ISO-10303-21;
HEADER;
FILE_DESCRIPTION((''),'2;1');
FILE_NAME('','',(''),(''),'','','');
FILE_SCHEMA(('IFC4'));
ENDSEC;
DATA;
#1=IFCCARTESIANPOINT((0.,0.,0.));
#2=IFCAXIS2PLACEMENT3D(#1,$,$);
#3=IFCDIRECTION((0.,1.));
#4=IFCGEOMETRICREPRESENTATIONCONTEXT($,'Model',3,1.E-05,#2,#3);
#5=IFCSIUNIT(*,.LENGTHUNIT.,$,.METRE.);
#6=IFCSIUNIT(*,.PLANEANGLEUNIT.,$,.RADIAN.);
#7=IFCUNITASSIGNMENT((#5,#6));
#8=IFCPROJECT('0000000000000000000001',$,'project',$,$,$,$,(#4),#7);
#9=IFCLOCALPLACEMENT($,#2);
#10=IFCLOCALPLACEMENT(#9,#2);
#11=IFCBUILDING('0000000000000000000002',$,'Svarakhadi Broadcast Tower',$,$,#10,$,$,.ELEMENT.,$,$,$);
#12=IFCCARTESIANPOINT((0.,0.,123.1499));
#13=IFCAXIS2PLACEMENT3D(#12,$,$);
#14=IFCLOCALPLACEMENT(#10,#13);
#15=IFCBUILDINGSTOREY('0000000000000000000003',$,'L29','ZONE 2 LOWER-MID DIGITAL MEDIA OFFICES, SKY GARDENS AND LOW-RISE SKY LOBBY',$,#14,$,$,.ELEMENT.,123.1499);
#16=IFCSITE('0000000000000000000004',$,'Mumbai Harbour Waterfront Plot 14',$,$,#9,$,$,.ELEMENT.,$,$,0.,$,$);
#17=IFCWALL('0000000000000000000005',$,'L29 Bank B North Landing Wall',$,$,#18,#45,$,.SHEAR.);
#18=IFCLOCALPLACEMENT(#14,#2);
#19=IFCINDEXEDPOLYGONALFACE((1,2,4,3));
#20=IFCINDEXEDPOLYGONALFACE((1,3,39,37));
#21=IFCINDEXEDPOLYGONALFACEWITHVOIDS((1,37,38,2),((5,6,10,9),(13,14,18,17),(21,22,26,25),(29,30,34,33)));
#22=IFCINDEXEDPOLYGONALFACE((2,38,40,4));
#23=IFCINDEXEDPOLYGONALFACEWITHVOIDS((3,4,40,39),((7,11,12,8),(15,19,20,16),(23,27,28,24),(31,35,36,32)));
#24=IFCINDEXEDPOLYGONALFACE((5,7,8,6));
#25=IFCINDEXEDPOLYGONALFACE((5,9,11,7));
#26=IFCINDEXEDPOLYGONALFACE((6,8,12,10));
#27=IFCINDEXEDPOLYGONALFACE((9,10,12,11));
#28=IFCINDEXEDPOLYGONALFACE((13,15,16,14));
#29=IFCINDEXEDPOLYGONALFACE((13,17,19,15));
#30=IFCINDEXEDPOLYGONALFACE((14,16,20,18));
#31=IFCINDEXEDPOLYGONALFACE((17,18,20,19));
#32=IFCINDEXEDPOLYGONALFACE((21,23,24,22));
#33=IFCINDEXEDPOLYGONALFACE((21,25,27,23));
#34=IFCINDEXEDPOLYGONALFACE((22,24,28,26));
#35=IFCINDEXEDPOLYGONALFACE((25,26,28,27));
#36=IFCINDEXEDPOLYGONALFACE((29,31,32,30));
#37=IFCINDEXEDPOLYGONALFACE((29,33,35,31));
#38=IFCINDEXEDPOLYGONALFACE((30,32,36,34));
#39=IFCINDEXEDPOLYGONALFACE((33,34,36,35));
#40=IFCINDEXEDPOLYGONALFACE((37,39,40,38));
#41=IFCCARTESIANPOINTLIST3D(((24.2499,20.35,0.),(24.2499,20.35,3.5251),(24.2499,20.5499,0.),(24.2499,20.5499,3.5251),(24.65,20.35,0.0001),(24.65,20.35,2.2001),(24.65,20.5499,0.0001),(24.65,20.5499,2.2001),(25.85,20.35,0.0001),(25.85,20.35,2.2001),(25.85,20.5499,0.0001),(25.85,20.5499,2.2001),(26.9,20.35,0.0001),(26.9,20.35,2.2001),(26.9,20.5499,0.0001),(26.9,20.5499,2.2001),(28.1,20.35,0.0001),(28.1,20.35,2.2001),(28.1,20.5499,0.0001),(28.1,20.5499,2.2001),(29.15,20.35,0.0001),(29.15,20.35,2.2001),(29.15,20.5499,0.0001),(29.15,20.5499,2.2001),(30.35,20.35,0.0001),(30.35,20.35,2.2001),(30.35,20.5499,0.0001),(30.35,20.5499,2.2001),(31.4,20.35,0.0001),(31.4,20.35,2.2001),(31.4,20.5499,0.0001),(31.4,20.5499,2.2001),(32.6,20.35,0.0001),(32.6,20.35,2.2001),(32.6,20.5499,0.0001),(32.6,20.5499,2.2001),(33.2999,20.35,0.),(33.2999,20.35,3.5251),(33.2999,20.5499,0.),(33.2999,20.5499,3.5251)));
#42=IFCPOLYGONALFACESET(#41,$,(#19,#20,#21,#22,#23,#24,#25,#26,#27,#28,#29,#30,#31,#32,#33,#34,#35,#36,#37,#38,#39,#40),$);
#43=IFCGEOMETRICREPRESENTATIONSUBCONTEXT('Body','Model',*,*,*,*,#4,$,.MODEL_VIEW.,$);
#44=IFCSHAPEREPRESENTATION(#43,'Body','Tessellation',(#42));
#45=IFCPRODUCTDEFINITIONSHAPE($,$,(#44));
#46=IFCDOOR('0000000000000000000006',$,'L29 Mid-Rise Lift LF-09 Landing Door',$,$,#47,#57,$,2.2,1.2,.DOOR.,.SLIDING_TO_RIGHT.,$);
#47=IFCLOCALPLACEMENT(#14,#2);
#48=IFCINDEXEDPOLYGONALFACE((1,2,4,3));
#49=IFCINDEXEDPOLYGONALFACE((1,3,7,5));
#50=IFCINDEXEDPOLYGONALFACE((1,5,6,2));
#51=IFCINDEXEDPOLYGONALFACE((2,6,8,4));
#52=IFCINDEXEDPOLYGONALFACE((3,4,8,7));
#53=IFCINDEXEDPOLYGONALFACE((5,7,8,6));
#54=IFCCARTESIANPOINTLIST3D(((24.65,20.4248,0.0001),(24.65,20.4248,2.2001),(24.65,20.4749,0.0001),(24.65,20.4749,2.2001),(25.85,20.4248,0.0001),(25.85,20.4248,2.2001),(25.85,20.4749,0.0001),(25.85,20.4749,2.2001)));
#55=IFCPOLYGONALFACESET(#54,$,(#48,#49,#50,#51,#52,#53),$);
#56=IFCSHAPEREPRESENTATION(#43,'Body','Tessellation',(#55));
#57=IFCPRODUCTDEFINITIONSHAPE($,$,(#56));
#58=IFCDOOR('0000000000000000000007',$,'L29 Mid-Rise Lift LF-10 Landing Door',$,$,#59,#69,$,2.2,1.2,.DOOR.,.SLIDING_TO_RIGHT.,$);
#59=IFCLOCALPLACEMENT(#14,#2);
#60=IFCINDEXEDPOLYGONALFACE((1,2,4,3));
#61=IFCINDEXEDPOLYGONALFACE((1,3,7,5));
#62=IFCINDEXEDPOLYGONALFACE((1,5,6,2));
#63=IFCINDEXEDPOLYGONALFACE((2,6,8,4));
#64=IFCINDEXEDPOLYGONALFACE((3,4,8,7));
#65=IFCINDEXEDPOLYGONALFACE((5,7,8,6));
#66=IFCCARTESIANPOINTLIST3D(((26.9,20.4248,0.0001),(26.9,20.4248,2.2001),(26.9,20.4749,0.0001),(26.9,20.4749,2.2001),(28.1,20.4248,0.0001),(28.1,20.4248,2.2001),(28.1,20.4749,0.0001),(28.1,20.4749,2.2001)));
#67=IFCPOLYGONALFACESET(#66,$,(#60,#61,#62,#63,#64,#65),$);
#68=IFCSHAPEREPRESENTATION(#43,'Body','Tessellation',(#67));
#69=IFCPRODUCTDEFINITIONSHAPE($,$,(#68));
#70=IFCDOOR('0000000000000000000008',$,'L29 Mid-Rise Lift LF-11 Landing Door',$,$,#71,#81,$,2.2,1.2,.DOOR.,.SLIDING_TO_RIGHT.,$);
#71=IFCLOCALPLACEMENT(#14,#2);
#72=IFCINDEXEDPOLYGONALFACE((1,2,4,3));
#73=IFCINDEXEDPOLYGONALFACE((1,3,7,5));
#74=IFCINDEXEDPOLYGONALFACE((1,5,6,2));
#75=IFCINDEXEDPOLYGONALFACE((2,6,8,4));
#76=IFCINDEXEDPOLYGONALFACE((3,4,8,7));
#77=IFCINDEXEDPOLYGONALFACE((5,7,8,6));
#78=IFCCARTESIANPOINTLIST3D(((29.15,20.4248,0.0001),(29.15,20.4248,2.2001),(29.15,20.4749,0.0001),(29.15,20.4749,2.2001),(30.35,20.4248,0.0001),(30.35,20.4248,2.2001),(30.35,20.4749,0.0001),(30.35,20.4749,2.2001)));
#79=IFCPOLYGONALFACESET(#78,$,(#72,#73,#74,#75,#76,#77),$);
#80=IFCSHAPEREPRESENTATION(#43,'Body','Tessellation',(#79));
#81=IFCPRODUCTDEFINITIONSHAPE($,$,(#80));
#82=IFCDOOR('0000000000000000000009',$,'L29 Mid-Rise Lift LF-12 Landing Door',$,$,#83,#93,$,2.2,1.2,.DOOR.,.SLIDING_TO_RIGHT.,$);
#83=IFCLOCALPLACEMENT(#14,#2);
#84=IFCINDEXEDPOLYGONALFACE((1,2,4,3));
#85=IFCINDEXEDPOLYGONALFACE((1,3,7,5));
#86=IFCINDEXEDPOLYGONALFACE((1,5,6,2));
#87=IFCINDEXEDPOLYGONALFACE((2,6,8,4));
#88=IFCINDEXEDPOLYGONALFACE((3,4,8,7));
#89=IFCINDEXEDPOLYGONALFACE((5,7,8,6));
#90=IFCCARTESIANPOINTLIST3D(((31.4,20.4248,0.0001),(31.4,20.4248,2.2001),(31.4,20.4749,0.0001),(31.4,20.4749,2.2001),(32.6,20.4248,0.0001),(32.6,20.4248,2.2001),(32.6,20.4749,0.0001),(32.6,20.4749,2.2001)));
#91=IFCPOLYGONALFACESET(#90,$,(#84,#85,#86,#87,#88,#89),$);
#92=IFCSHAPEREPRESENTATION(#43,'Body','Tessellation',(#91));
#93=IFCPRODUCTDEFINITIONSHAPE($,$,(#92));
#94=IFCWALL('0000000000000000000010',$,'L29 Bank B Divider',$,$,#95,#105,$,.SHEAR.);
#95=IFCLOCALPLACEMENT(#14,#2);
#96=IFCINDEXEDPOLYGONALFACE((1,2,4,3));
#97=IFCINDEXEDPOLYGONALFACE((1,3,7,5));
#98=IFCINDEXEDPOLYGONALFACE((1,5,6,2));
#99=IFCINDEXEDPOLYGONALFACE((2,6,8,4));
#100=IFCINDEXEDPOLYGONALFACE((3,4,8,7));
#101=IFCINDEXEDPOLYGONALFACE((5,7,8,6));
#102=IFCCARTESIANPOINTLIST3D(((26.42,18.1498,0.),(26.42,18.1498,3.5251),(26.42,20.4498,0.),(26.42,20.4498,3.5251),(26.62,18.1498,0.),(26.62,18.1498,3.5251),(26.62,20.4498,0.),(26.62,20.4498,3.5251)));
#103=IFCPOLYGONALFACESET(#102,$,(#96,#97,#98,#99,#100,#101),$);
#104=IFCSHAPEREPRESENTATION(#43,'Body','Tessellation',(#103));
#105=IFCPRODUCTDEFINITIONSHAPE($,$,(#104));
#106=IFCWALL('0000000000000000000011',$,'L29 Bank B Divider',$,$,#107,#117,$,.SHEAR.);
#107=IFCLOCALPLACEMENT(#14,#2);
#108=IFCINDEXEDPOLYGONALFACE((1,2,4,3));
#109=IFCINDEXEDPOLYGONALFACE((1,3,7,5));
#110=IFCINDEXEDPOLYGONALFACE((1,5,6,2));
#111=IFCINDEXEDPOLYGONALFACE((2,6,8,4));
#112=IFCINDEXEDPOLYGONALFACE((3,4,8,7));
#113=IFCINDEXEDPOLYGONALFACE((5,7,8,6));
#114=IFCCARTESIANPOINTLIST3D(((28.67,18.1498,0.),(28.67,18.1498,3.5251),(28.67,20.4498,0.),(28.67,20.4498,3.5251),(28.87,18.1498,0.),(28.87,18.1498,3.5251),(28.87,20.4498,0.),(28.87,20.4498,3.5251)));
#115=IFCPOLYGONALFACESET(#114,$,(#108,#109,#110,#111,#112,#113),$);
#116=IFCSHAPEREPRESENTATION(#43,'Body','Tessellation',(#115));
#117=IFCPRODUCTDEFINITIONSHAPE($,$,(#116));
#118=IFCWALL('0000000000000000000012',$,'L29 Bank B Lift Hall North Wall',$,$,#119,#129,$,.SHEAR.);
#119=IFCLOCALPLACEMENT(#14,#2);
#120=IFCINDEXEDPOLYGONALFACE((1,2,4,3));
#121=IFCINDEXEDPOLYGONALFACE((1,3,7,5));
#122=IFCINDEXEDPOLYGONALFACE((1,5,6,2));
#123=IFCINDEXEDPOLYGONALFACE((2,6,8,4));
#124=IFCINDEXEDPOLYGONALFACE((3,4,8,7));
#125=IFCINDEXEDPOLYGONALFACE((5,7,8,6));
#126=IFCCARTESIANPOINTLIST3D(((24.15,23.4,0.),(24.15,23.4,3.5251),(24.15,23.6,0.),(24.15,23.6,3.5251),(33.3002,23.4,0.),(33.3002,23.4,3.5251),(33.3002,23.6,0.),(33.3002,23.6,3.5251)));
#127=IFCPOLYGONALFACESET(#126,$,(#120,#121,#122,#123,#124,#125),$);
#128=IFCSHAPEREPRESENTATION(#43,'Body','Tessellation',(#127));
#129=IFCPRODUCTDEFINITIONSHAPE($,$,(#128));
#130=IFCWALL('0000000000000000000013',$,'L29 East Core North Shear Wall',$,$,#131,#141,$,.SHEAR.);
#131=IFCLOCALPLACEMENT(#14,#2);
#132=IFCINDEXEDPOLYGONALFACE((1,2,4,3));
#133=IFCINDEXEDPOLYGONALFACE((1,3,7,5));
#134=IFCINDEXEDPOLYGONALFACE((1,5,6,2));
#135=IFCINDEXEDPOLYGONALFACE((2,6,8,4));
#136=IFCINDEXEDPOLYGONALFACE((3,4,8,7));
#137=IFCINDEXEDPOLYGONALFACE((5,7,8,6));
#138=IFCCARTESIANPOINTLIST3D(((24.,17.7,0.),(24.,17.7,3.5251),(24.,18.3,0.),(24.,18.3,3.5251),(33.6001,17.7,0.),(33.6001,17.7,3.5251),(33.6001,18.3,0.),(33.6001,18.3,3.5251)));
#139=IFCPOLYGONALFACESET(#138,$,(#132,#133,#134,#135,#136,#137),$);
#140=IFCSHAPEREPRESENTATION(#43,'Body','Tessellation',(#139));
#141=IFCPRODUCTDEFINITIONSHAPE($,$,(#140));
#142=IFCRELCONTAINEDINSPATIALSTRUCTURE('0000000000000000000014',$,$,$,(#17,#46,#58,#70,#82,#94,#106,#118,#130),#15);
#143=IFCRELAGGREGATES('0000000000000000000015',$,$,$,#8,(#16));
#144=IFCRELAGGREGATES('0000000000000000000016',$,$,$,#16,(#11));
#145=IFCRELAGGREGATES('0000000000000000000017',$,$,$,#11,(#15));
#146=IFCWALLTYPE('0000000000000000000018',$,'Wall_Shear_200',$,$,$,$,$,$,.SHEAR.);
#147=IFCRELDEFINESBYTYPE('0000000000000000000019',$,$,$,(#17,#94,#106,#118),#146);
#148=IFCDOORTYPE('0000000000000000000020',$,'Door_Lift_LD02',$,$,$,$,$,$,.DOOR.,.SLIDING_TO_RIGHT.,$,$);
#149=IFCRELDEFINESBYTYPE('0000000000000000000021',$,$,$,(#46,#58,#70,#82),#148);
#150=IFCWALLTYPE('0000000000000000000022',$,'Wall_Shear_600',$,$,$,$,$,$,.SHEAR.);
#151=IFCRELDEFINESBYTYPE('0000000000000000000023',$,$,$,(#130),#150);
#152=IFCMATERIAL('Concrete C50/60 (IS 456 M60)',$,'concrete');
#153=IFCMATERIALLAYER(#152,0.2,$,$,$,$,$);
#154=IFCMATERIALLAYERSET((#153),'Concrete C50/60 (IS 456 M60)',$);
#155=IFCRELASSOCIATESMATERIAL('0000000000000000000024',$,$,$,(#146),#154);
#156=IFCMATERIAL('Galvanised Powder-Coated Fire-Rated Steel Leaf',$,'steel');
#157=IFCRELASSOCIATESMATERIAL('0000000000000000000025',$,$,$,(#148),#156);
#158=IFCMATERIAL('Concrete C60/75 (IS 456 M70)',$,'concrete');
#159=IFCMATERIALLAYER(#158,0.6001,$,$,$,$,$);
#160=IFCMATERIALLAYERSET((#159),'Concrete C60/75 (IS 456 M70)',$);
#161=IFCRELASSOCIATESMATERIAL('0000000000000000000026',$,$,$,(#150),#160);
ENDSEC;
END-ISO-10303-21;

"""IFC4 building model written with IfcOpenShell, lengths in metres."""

from ifc_helpers import new_model, si_unit, direction, frame, frame_2d, origin, place, context, subcontext, project, spatial, rectangle, extrude, material, layer, layer_set, type_object, element, fill, save


model = new_model("IFC4")

# Units and contexts
model_context = context("Model", 3, precision=1e-05, world=origin(), true_north=direction((0.0, 1.0)))
body_context = subcontext(model_context, "Body", "Model", "MODEL_VIEW")
ifc_project = project(units=[si_unit("LENGTHUNIT", "METRE"), si_unit("PLANEANGLEUNIT", "RADIAN")], contexts=[model_context])

# Site, building, storey
site_placement = place(None, origin())
site = spatial("IfcSite", under=ifc_project, at=site_placement, Name="Mumbai Harbour Waterfront Plot 14", CompositionType="ELEMENT", RefElevation=0.0)
building_placement = place(site_placement, origin())
building = spatial("IfcBuilding", under=site, at=building_placement, Name="Svarakhadi Broadcast Tower", CompositionType="ELEMENT")
storey_placement = place(building_placement, frame((0.0, 0.0, 123.1499)))
storey = spatial("IfcBuildingStorey", under=building, at=storey_placement, Name="L29", Description="ZONE 2 LOWER-MID DIGITAL MEDIA OFFICES, SKY GARDENS AND LOW-RISE SKY LOBBY", CompositionType="ELEMENT", Elevation=123.1499)

# Shared definitions
ifc_material_1 = material(Name="Concrete C50/60 (IS 456 M60)", Category="concrete")
ifc_layer_1 = layer(ifc_material_1, 0.2)
ifc_layer_set_1 = layer_set([ifc_layer_1], Name="Concrete C50/60 (IS 456 M60)")
wall_type_1 = type_object("IfcWallType", Name="Wall_Shear_200", PredefinedType="SHEAR", material=ifc_layer_set_1)

# Wall, openings, doors
wall_1_placement = place(storey_placement, frame((24.25, 20.45, 0.0), z_axis=(0.0, 0.0, 1.0), x_axis=(1.0, 0.0, 0.0)))
wall_1 = element("IfcWall", 1, at=wall_1_placement, inside=storey, type_object=wall_type_1, Name="L29 Bank B North Landing Wall", PredefinedType="SHEAR", context=body_context, shape_type="SweptSolid", body=[
    extrude(rectangle(XDim=9.05, YDim=0.2, at=frame_2d((4.5249, 0.0))), origin(), (0.0, 0.0, 1.0), 3.5251),
])
opening_1_placement = place(wall_1_placement, frame((0.3999, 0.0, 0.0)))
opening_1 = element("IfcOpeningElement", 2, at=opening_1_placement, cuts=wall_1, PredefinedType="OPENING", context=body_context, shape_type="SweptSolid", body=[
    extrude(rectangle(XDim=1.2, YDim=2.2, at=frame_2d((0.6001, 1.1001))), frame((0.0, 0.1099, 0.0), z_axis=(0.0, -1.0, 0.0), x_axis=(1.0, 0.0, 0.0)), (0.0, 0.0, 1.0), 0.22),
])
opening_2_placement = place(wall_1_placement, frame((2.6499, 0.0, 0.0)))
opening_2 = element("IfcOpeningElement", 3, at=opening_2_placement, cuts=wall_1, PredefinedType="OPENING", context=body_context, shape_type="SweptSolid", body=[
    extrude(rectangle(XDim=1.2, YDim=2.2, at=frame_2d((0.6001, 1.1001))), frame((0.0, 0.1099, 0.0), z_axis=(0.0, -1.0, 0.0), x_axis=(1.0, 0.0, 0.0)), (0.0, 0.0, 1.0), 0.22),
])
opening_3_placement = place(wall_1_placement, frame((4.8999, 0.0, 0.0)))
opening_3 = element("IfcOpeningElement", 4, at=opening_3_placement, cuts=wall_1, PredefinedType="OPENING", context=body_context, shape_type="SweptSolid", body=[
    extrude(rectangle(XDim=1.2, YDim=2.2, at=frame_2d((0.6001, 1.1001))), frame((0.0, 0.1099, 0.0), z_axis=(0.0, -1.0, 0.0), x_axis=(1.0, 0.0, 0.0)), (0.0, 0.0, 1.0), 0.22),
])
opening_4_placement = place(wall_1_placement, frame((7.1499, 0.0, 0.0)))
opening_4 = element("IfcOpeningElement", 5, at=opening_4_placement, cuts=wall_1, PredefinedType="OPENING", context=body_context, shape_type="SweptSolid", body=[
    extrude(rectangle(XDim=1.2, YDim=2.2, at=frame_2d((0.6001, 1.1001))), frame((0.0, 0.1099, 0.0), z_axis=(0.0, -1.0, 0.0), x_axis=(1.0, 0.0, 0.0)), (0.0, 0.0, 1.0), 0.22),
])
ifc_material_2 = material(Name="Galvanised Powder-Coated Fire-Rated Steel Leaf", Category="steel")
door_type_1 = type_object("IfcDoorType", Name="Door_Lift_LD02", OperationType="SLIDING_TO_RIGHT", PredefinedType="DOOR", material=ifc_material_2)
door_1_placement = place(opening_1_placement, origin())
door_1 = element("IfcDoor", 6, at=door_1_placement, inside=storey, type_object=door_type_1, Name="L29 Mid-Rise Lift LF-09 Landing Door", OperationType="SLIDING_TO_RIGHT", OverallHeight=2.2, OverallWidth=1.2, PredefinedType="DOOR", context=body_context, shape_type="SweptSolid", body=[
    extrude(rectangle(XDim=1.2, YDim=2.2, at=frame_2d((0.6001, 1.1001))), frame((0.0, 0.0249, 0.0), z_axis=(0.0, -1.0, 0.0), x_axis=(1.0, 0.0, 0.0)), (0.0, 0.0, 1.0), 0.05),
])
fill(opening_1, door_1)
door_2_placement = place(opening_2_placement, origin())
door_2 = element("IfcDoor", 7, at=door_2_placement, inside=storey, type_object=door_type_1, Name="L29 Mid-Rise Lift LF-10 Landing Door", OperationType="SLIDING_TO_RIGHT", OverallHeight=2.2, OverallWidth=1.2, PredefinedType="DOOR", context=body_context, shape_type="SweptSolid", body=[
    extrude(rectangle(XDim=1.2, YDim=2.2, at=frame_2d((0.6001, 1.1001))), frame((0.0, 0.0249, 0.0), z_axis=(0.0, -1.0, 0.0), x_axis=(1.0, 0.0, 0.0)), (0.0, 0.0, 1.0), 0.05),
])
fill(opening_2, door_2)
door_3_placement = place(opening_3_placement, origin())
door_3 = element("IfcDoor", 8, at=door_3_placement, inside=storey, type_object=door_type_1, Name="L29 Mid-Rise Lift LF-11 Landing Door", OperationType="SLIDING_TO_RIGHT", OverallHeight=2.2, OverallWidth=1.2, PredefinedType="DOOR", context=body_context, shape_type="SweptSolid", body=[
    extrude(rectangle(XDim=1.2, YDim=2.2, at=frame_2d((0.6001, 1.1001))), frame((0.0, 0.0249, 0.0), z_axis=(0.0, -1.0, 0.0), x_axis=(1.0, 0.0, 0.0)), (0.0, 0.0, 1.0), 0.05),
])
fill(opening_3, door_3)
door_4_placement = place(opening_4_placement, origin())
door_4 = element("IfcDoor", 9, at=door_4_placement, inside=storey, type_object=door_type_1, Name="L29 Mid-Rise Lift LF-12 Landing Door", OperationType="SLIDING_TO_RIGHT", OverallHeight=2.2, OverallWidth=1.2, PredefinedType="DOOR", context=body_context, shape_type="SweptSolid", body=[
    extrude(rectangle(XDim=1.2, YDim=2.2, at=frame_2d((0.6001, 1.1001))), frame((0.0, 0.0249, 0.0), z_axis=(0.0, -1.0, 0.0), x_axis=(1.0, 0.0, 0.0)), (0.0, 0.0, 1.0), 0.05),
])
fill(opening_4, door_4)

# Walls
for number, where, z_axis, x_axis, name in (
    (10, (26.52, 18.1499, 0.0), (0.0, 0.0, 1.0), (0.0, 1.0, 0.0), "L29 Bank B Divider"),
    (11, (28.77, 18.1499, 0.0), (0.0, 0.0, 1.0), (0.0, 1.0, 0.0), "L29 Bank B Divider"),
):
    element("IfcWall", number, at=place(storey_placement, frame(where, z_axis=z_axis, x_axis=x_axis)), inside=storey, type_object=wall_type_1, Name=name, PredefinedType="SHEAR", context=body_context, shape_type="SweptSolid", body=[
        extrude(rectangle(XDim=2.3, YDim=0.2, at=frame_2d((1.1499, 0.0))), origin(), (0.0, 0.0, 1.0), 3.5251),
    ])
wall_2_placement = place(storey_placement, frame((24.1499, 23.5, 0.0), z_axis=(0.0, 0.0, 1.0), x_axis=(1.0, 0.0, 0.0)))
element("IfcWall", 12, at=wall_2_placement, inside=storey, type_object=wall_type_1, Name="L29 Bank B Lift Hall North Wall", PredefinedType="SHEAR", context=body_context, shape_type="SweptSolid", body=[
    extrude(rectangle(XDim=9.1501, YDim=0.2, at=frame_2d((4.5752, 0.0))), origin(), (0.0, 0.0, 1.0), 3.5251),
])

# Wall
ifc_material_3 = material(Name="Concrete C60/75 (IS 456 M70)", Category="concrete")
ifc_layer_2 = layer(ifc_material_3, 0.6001)
ifc_layer_set_2 = layer_set([ifc_layer_2], Name="Concrete C60/75 (IS 456 M70)")
wall_type_2 = type_object("IfcWallType", Name="Wall_Shear_600", PredefinedType="SHEAR", material=ifc_layer_set_2)
wall_3_placement = place(storey_placement, frame((24.0, 18.0, 0.0), z_axis=(0.0, 0.0, 1.0), x_axis=(1.0, 0.0, 0.0)))
element("IfcWall", 13, at=wall_3_placement, inside=storey, type_object=wall_type_2, Name="L29 East Core North Shear Wall", PredefinedType="SHEAR", context=body_context, shape_type="SweptSolid", body=[
    extrude(rectangle(XDim=9.6001, YDim=0.6001, at=frame_2d((4.8, 0.0))), origin(), (0.0, 0.0, 1.0), 3.5251),
])

save(model, "model.ifc")
